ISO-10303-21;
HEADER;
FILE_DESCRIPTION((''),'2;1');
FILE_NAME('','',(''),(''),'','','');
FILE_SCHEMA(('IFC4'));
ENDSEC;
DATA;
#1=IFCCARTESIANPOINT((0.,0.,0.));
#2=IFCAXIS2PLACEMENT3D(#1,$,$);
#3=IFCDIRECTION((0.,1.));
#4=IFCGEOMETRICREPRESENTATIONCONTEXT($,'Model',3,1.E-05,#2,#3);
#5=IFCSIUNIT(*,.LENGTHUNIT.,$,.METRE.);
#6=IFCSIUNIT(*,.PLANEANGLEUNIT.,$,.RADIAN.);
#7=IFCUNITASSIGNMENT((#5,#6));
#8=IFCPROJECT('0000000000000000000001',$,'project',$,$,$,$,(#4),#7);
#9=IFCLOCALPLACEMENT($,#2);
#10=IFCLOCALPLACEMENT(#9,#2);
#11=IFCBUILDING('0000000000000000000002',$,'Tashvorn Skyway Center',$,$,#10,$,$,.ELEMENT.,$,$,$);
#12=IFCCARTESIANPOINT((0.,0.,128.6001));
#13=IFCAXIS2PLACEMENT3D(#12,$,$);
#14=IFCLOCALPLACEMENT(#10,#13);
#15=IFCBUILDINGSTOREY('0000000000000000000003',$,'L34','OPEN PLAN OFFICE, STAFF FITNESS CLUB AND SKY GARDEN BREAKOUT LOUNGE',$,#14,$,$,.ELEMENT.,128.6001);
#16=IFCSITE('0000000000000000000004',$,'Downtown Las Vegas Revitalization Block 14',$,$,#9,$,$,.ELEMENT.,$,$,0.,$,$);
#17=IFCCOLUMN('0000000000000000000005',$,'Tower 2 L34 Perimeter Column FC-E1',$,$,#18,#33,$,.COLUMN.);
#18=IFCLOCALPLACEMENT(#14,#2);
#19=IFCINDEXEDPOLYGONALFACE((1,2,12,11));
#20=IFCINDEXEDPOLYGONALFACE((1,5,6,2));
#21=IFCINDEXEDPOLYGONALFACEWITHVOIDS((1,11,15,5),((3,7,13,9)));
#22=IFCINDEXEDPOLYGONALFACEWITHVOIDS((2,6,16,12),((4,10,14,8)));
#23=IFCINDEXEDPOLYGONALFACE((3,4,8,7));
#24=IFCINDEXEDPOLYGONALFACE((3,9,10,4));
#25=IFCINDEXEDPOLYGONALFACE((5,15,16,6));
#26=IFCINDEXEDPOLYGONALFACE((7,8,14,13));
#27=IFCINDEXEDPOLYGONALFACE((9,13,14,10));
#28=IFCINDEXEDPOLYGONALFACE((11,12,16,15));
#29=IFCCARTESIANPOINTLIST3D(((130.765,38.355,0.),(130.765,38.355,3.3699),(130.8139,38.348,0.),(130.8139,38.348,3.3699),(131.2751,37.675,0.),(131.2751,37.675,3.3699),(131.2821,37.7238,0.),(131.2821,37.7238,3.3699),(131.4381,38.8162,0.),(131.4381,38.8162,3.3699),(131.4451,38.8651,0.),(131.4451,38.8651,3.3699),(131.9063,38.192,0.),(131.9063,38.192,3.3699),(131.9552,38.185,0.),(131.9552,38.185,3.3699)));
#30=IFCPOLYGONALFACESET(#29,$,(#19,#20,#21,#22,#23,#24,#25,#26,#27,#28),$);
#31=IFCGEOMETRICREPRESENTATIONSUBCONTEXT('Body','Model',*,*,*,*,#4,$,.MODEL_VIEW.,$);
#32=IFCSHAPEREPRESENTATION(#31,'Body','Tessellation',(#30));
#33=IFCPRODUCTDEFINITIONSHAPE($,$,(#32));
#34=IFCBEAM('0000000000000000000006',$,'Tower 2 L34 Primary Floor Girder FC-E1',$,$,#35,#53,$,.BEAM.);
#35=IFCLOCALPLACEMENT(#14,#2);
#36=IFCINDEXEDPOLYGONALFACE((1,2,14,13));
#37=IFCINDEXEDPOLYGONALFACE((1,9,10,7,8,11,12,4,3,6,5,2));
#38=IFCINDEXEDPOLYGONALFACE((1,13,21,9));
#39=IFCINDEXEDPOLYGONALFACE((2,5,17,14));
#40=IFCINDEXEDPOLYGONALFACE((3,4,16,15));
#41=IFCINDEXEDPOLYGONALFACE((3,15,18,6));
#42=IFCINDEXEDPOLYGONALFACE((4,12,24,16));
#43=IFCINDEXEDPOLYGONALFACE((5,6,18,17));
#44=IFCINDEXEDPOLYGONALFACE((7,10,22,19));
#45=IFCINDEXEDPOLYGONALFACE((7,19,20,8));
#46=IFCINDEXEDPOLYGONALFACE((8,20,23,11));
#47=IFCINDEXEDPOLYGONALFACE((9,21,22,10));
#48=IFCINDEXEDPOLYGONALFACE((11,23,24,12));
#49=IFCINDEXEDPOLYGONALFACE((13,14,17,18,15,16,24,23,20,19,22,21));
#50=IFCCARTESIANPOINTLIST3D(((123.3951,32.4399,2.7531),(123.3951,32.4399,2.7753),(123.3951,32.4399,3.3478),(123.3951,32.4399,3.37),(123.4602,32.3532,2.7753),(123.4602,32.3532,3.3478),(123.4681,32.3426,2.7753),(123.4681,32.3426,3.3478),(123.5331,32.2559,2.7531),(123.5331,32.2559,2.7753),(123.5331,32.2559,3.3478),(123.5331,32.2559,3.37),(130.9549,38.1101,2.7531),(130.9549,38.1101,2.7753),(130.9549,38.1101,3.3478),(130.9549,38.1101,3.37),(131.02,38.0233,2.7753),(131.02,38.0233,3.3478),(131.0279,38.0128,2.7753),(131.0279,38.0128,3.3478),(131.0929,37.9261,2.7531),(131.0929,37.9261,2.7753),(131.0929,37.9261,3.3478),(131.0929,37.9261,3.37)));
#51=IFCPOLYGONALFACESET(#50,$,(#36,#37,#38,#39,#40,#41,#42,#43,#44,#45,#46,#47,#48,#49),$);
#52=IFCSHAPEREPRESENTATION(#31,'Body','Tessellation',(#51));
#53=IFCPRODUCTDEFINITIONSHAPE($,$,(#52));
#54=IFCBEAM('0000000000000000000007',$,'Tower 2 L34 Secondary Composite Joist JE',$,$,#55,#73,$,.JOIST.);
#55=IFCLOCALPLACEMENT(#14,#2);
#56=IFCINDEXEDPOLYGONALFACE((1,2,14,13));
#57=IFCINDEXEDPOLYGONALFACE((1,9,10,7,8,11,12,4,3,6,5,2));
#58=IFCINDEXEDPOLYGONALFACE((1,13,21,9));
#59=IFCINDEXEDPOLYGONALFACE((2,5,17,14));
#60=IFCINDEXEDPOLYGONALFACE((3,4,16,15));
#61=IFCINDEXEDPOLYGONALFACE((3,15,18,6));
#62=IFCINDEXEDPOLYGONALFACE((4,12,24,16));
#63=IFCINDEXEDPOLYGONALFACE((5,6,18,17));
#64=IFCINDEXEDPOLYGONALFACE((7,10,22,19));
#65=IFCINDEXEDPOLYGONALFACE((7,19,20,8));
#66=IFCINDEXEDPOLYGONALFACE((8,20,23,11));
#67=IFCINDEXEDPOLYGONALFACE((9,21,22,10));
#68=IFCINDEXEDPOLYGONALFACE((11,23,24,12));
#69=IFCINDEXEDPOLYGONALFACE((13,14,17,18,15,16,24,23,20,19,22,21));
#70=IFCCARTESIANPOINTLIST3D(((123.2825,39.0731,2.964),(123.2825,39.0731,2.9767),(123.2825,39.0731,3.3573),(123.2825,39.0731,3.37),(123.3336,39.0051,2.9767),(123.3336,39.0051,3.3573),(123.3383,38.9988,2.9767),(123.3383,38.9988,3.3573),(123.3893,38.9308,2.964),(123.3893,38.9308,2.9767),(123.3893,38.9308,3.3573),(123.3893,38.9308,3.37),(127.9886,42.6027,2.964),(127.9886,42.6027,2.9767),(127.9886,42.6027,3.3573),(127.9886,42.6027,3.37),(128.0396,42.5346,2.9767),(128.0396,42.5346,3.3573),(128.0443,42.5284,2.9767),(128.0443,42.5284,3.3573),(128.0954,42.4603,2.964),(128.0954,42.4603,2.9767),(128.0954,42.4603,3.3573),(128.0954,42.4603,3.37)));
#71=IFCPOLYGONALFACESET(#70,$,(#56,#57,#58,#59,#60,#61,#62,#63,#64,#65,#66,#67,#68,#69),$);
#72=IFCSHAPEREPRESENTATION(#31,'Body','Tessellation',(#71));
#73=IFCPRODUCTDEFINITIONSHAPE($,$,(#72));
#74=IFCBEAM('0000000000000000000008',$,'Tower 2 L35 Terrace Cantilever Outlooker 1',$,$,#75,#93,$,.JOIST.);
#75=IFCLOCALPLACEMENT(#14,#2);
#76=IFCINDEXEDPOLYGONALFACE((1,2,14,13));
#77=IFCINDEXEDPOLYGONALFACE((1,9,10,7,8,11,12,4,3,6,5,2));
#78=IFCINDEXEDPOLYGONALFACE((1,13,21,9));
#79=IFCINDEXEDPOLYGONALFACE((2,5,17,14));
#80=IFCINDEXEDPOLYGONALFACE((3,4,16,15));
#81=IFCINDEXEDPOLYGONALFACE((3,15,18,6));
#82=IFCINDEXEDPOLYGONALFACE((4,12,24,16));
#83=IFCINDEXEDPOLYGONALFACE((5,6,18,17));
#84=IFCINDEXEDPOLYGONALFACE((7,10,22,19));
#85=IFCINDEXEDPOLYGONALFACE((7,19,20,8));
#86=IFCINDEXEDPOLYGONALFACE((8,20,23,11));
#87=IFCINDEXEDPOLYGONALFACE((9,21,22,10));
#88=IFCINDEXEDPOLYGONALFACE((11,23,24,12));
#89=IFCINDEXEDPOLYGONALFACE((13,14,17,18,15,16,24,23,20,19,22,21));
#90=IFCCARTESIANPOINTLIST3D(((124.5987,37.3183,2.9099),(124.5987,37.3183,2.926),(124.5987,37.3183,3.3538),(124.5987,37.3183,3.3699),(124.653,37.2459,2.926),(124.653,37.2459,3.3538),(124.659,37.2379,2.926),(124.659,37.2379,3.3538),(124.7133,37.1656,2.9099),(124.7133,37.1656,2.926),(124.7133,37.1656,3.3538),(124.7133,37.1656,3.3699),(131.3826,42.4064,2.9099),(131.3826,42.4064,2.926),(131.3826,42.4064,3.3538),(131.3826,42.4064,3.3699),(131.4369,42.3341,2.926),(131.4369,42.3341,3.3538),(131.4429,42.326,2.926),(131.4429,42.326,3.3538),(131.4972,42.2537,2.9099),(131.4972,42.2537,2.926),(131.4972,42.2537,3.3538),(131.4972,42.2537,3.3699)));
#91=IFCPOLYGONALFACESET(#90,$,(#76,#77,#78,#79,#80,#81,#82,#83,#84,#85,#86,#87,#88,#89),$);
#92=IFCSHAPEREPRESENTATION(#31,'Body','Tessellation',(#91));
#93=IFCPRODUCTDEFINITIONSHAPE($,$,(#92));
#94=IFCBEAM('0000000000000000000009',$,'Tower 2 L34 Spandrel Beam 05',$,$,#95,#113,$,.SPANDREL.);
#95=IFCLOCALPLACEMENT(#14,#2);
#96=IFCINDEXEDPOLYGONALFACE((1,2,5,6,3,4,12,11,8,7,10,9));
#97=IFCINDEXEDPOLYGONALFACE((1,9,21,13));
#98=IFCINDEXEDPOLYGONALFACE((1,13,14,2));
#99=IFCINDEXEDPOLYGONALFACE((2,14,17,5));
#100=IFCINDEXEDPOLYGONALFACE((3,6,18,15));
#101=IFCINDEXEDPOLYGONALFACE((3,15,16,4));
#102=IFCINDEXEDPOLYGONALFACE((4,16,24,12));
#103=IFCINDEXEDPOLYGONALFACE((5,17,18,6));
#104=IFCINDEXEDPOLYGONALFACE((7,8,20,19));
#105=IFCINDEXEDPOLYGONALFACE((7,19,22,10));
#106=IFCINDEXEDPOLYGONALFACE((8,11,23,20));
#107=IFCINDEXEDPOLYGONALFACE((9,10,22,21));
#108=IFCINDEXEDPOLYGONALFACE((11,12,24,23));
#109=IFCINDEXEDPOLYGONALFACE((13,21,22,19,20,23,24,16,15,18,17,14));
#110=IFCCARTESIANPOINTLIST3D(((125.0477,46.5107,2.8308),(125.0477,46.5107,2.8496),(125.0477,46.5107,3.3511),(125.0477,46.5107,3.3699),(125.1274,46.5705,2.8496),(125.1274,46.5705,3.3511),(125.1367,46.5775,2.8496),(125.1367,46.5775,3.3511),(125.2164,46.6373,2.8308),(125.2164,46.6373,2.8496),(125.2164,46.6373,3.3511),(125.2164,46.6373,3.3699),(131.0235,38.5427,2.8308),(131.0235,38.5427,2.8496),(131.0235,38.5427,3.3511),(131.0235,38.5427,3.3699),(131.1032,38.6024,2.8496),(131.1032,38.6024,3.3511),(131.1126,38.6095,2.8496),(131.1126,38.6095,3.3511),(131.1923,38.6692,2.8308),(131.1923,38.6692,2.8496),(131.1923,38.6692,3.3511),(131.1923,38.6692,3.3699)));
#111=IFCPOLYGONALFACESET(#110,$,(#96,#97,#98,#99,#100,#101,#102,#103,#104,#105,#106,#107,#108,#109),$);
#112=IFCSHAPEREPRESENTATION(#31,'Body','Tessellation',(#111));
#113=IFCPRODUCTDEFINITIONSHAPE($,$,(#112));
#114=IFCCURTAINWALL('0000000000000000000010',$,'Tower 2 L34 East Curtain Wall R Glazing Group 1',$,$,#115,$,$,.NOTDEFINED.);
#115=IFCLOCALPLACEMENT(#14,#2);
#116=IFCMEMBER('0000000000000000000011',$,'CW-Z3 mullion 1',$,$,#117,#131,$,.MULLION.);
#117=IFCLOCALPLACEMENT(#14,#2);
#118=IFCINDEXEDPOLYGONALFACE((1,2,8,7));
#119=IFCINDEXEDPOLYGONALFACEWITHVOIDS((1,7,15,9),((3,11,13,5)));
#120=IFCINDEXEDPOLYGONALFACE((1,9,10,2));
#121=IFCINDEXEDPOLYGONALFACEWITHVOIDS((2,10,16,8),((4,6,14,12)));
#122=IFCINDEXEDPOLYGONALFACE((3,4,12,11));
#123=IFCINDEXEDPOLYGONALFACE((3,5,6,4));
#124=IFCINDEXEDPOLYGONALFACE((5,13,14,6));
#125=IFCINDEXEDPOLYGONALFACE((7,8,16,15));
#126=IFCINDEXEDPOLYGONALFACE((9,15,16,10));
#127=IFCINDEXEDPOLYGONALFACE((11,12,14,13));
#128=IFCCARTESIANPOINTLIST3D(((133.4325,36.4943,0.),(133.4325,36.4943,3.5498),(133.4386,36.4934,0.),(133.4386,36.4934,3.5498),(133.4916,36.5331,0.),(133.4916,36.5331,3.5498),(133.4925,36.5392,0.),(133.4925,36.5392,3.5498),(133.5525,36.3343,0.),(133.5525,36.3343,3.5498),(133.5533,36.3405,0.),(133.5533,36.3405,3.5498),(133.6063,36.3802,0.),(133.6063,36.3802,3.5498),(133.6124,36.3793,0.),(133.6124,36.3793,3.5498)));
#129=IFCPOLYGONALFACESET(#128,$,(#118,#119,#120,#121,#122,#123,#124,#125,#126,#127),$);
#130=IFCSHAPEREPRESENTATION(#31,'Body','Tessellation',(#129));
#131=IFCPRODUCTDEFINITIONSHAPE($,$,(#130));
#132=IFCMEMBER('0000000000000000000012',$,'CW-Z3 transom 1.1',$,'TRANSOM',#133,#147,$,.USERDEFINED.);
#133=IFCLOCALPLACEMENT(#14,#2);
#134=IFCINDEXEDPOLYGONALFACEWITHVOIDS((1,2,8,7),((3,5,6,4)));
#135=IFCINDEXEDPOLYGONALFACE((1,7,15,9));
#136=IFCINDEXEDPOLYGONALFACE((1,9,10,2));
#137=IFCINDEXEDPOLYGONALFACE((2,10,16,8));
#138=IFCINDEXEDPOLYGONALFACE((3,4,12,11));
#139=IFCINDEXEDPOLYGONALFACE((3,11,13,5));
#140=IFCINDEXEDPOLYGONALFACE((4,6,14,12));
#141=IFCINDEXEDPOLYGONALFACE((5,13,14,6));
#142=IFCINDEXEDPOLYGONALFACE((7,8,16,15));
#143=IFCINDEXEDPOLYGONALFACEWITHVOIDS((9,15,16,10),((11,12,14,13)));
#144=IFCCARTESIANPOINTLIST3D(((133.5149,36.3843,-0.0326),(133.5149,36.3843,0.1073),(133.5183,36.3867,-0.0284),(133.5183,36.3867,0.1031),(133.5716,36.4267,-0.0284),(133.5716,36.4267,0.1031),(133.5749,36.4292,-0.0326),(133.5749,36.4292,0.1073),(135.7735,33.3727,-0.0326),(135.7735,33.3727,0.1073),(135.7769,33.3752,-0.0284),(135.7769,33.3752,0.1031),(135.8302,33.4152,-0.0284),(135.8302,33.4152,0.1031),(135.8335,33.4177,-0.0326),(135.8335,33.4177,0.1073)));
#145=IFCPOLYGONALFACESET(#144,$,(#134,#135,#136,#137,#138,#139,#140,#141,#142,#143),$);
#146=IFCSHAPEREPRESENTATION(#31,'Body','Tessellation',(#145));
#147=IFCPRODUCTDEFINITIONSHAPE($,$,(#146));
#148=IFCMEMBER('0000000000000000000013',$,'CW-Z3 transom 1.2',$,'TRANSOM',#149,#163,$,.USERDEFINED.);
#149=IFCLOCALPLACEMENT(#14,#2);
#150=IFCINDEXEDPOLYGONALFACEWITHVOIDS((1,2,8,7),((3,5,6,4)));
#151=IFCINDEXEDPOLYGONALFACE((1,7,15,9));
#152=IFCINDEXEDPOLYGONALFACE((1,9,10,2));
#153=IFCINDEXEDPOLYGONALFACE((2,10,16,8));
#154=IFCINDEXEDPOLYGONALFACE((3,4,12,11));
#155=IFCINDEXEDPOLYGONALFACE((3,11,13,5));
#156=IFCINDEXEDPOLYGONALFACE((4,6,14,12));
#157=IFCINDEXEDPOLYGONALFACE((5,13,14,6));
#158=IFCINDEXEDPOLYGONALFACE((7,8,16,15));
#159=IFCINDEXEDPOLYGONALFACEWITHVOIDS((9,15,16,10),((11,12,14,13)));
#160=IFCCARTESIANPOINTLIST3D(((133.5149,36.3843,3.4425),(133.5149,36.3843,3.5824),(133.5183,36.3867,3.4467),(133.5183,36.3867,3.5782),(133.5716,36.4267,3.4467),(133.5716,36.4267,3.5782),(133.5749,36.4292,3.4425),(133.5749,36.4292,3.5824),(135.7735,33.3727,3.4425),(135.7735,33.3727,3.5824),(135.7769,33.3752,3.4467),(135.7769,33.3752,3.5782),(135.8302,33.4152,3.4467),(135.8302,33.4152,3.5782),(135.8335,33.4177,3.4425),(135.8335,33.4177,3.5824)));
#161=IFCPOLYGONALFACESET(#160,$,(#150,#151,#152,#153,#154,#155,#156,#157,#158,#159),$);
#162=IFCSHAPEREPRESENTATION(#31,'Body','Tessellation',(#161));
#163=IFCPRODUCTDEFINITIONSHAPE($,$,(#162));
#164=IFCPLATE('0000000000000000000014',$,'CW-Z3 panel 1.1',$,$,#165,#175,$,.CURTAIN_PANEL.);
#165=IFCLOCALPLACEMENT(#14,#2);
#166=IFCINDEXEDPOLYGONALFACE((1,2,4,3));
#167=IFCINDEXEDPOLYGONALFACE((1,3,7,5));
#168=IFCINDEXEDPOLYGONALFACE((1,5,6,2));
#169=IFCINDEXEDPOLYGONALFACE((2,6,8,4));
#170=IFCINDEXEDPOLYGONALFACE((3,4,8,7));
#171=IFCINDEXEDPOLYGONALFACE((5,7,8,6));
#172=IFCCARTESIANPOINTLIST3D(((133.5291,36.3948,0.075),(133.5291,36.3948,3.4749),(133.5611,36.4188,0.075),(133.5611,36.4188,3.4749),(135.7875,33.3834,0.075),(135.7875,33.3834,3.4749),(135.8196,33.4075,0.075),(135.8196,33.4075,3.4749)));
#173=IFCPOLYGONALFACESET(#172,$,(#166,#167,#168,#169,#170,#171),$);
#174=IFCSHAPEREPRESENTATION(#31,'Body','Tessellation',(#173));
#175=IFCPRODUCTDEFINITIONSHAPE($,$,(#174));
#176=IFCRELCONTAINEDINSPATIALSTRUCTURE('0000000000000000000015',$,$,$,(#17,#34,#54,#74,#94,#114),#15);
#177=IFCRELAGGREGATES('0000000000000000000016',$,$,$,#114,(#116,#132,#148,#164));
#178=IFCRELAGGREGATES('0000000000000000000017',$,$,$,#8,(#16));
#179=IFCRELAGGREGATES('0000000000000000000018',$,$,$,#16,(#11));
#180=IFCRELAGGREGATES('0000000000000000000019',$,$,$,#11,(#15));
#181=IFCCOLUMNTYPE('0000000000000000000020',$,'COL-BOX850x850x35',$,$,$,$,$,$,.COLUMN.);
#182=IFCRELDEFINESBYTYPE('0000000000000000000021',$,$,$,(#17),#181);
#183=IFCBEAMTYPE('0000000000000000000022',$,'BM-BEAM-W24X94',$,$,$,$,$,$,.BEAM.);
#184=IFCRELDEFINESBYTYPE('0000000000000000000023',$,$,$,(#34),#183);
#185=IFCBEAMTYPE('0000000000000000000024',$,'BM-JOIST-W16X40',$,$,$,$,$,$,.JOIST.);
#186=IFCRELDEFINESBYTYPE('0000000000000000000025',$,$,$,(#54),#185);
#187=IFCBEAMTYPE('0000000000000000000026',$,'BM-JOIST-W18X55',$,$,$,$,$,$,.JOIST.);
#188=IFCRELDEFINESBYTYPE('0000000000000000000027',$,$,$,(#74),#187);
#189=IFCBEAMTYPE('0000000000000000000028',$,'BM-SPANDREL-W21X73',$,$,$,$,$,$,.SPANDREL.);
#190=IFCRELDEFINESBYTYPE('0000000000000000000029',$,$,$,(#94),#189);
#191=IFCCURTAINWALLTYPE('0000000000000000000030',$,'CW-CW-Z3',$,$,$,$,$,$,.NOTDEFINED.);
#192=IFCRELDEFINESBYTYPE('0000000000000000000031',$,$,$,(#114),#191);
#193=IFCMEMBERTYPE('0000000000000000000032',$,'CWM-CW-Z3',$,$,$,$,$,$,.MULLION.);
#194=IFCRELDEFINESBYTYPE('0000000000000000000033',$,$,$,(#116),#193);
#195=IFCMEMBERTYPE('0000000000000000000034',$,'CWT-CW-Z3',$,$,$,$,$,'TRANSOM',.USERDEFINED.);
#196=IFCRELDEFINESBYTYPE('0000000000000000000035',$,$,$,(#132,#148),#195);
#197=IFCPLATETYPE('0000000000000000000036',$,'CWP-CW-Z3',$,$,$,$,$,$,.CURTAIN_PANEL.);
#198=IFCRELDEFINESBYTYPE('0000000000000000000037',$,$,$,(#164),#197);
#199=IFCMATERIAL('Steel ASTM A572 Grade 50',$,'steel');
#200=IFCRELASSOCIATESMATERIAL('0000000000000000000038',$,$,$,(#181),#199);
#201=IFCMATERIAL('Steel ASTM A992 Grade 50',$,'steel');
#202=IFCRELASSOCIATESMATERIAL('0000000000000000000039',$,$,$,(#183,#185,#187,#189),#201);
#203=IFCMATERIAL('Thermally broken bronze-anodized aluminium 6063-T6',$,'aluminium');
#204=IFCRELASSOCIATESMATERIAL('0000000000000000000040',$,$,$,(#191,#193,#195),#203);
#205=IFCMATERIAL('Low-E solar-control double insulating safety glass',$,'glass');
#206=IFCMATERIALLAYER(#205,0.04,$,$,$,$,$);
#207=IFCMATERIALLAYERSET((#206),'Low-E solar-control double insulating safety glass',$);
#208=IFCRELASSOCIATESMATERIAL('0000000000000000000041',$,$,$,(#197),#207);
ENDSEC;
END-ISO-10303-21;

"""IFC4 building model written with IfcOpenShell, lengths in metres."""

from ifc_helpers import new_model, si_unit, direction, frame, origin, origin_2d, place, context, subcontext, project, spatial, rectangle, hollow_rectangle, i_section, extrude, material, layer, layer_set, material_profile, profile_set, type_object, element, aggregate, save


model = new_model("IFC4")

# Units and contexts
model_context = context("Model", 3, precision=1e-05, world=origin(), true_north=direction((0.0, 1.0)))
body_context = subcontext(model_context, "Body", "Model", "MODEL_VIEW")
ifc_project = project(units=[si_unit("LENGTHUNIT", "METRE"), si_unit("PLANEANGLEUNIT", "RADIAN")], contexts=[model_context])

# Site, building, storey
site_placement = place(None, origin())
site = spatial("IfcSite", under=ifc_project, at=site_placement, Name="Downtown Las Vegas Revitalization Block 14", CompositionType="ELEMENT", RefElevation=0.0)
building_placement = place(site_placement, origin())
building = spatial("IfcBuilding", under=site, at=building_placement, Name="Tashvorn Skyway Center", CompositionType="ELEMENT")
storey_placement = place(building_placement, frame((0.0, 0.0, 128.6001)))
storey = spatial("IfcBuildingStorey", under=building, at=storey_placement, Name="L34", Description="OPEN PLAN OFFICE, STAFF FITNESS CLUB AND SKY GARDEN BREAKOUT LOUNGE", CompositionType="ELEMENT", Elevation=128.6001)

# Column
ifc_material_1 = material(Name="Steel ASTM A572 Grade 50", Category="steel")
ifc_material_profile_1 = material_profile(ifc_material_1, hollow_rectangle(XDim=0.8501, YDim=0.8501, WallThickness=0.0349, at=origin_2d()), Name="BOX850x850x35")
ifc_profile_set_1 = profile_set([ifc_material_profile_1], Name="Steel ASTM A572 Grade 50")
column_type = type_object("IfcColumnType", Name="COL-BOX850x850x35", PredefinedType="COLUMN", material=ifc_profile_set_1)
column_placement = place(storey_placement, frame((131.3601, 38.27, 0.0), z_axis=(0.0, 0.0, 1.0), x_axis=(0.8, 0.6, 0.0)))
element("IfcColumn", 1, at=column_placement, inside=storey, type_object=column_type, Name="Tower 2 L34 Perimeter Column FC-E1", PredefinedType="COLUMN", context=body_context, shape_type="SweptSolid", body=[
    extrude(hollow_rectangle(XDim=0.8501, YDim=0.8501, WallThickness=0.0349, at=origin_2d()), origin(), (0.0, 0.0, 1.0), 3.3699),
])

# Beams
ifc_material_2 = material(Name="Steel ASTM A992 Grade 50", Category="steel")
ifc_material_profile_2 = material_profile(ifc_material_2, i_section(OverallWidth=0.23, OverallDepth=0.6169, WebThickness=0.0132, FlangeThickness=0.0222, at=origin_2d()), Name="W24X94")
ifc_profile_set_2 = profile_set([ifc_material_profile_2], Name="Steel ASTM A992 Grade 50")
beam_type_1 = type_object("IfcBeamType", Name="BM-BEAM-W24X94", PredefinedType="BEAM", material=ifc_profile_set_2)
beam_1_placement = place(storey_placement, frame((131.0239, 38.0181, 3.0615), z_axis=(-0.799984, -0.600021, 0.0), x_axis=(0.600021, -0.799984, 0.0)))
element("IfcBeam", 2, at=beam_1_placement, inside=storey, type_object=beam_type_1, Name="Tower 2 L34 Primary Floor Girder FC-E1", PredefinedType="BEAM", context=body_context, shape_type="SweptSolid", body=[
    extrude(i_section(OverallWidth=0.23, OverallDepth=0.6169, WebThickness=0.0132, FlangeThickness=0.0222, at=origin_2d()), origin(), (0.0, 0.0, 1.0), 9.45),
])
ifc_material_profile_3 = material_profile(ifc_material_2, i_section(OverallWidth=0.178, OverallDepth=0.406, WebThickness=0.0078, FlangeThickness=0.0127, at=origin_2d()), Name="W16X40")
ifc_profile_set_3 = profile_set([ifc_material_profile_3], Name="Steel ASTM A992 Grade 50")
beam_type_2 = type_object("IfcBeamType", Name="BM-JOIST-W16X40", PredefinedType="JOIST", material=ifc_profile_set_3)
beam_2_placement = place(storey_placement, frame((123.3359, 39.002, 3.167), z_axis=(0.8, 0.6, 0.0), x_axis=(-0.6, 0.8, 0.0)))
element("IfcBeam", 3, at=beam_2_placement, inside=storey, type_object=beam_type_2, Name="Tower 2 L34 Secondary Composite Joist JE", PredefinedType="JOIST", context=body_context, shape_type="SweptSolid", body=[
    extrude(i_section(OverallWidth=0.178, OverallDepth=0.406, WebThickness=0.0078, FlangeThickness=0.0127, at=origin_2d()), origin(), (0.0, 0.0, 1.0), 5.8826),
])
ifc_material_profile_4 = material_profile(ifc_material_2, i_section(OverallWidth=0.1909, OverallDepth=0.46, WebThickness=0.01, FlangeThickness=0.0161, at=origin_2d()), Name="W18X55")
ifc_profile_set_4 = profile_set([ifc_material_profile_4], Name="Steel ASTM A992 Grade 50")
beam_type_3 = type_object("IfcBeamType", Name="BM-JOIST-W18X55", PredefinedType="JOIST", material=ifc_profile_set_4)
beam_3_placement = place(storey_placement, frame((124.656, 37.2419, 3.1399), z_axis=(0.79999, 0.600014, 0.0), x_axis=(-0.600014, 0.79999, 0.0)))
element("IfcBeam", 4, at=beam_3_placement, inside=storey, type_object=beam_type_3, Name="Tower 2 L35 Terrace Cantilever Outlooker 1", PredefinedType="JOIST", context=body_context, shape_type="SweptSolid", body=[
    extrude(i_section(OverallWidth=0.1909, OverallDepth=0.46, WebThickness=0.01, FlangeThickness=0.0161, at=origin_2d()), origin(), (0.0, 0.0, 1.0), 8.48),
])
ifc_material_profile_5 = material_profile(ifc_material_2, i_section(OverallWidth=0.2109, OverallDepth=0.5391, WebThickness=0.0117, FlangeThickness=0.0188, at=origin_2d()), Name="W21X73")
ifc_profile_set_5 = profile_set([ifc_material_profile_5], Name="Steel ASTM A992 Grade 50")
beam_type_4 = type_object("IfcBeamType", Name="BM-SPANDREL-W21X73", PredefinedType="SPANDREL", material=ifc_profile_set_5)
beam_4_placement = place(storey_placement, frame((131.1079, 38.606, 3.1003), z_axis=(-0.599988, 0.800009, 0.0), x_axis=(-0.800009, -0.599988, 0.0)))
element("IfcBeam", 5, at=beam_4_placement, inside=storey, type_object=beam_type_4, Name="Tower 2 L34 Spandrel Beam 05", PredefinedType="SPANDREL", context=body_context, shape_type="SweptSolid", body=[
    extrude(i_section(OverallWidth=0.2109, OverallDepth=0.5391, WebThickness=0.0117, FlangeThickness=0.0188, at=origin_2d()), origin(), (0.0, 0.0, 1.0), 9.96),
])

# Curtain wall, members, plate
ifc_material_3 = material(Name="Thermally broken bronze-anodized aluminium 6063-T6", Category="aluminium")
curtain_wall_type = type_object("IfcCurtainWallType", Name="CW-CW-Z3", PredefinedType="NOTDEFINED", material=ifc_material_3)
curtain_wall_placement = place(storey_placement, origin())
curtain_wall = element("IfcCurtainWall", 6, at=curtain_wall_placement, inside=storey, type_object=curtain_wall_type, Name="Tower 2 L34 East Curtain Wall R Glazing Group 1", PredefinedType="NOTDEFINED")
ifc_material_profile_6 = material_profile(ifc_material_3, hollow_rectangle(XDim=0.075, YDim=0.2, WallThickness=0.0044, at=origin_2d()), Name="ALU-MULL-75x200")
ifc_profile_set_6 = profile_set([ifc_material_profile_6], Name="Thermally broken bronze-anodized aluminium 6063-T6")
member_type_1 = type_object("IfcMemberType", Name="CWM-CW-Z3", PredefinedType="MULLION", material=ifc_profile_set_6)
member_1_placement = place(storey_placement, frame((133.5225, 36.4368, 0.0), z_axis=(0.0, 0.0, 1.0), x_axis=(0.800002, 0.599998, 0.0)))
member_1 = element("IfcMember", 7, at=member_1_placement, type_object=member_type_1, Name="CW-Z3 mullion 1", PredefinedType="MULLION", context=body_context, shape_type="SweptSolid", body=[
    extrude(hollow_rectangle(XDim=0.075, YDim=0.2, WallThickness=0.0044, at=origin_2d()), origin(), (0.0, 0.0, 1.0), 3.5498),
])
ifc_material_profile_7 = material_profile(ifc_material_3, hollow_rectangle(XDim=0.075, YDim=0.1399, WallThickness=0.0042, at=origin_2d()), Name="ALU-TRAN-75x140")
ifc_profile_set_7 = profile_set([ifc_material_profile_7], Name="Thermally broken bronze-anodized aluminium 6063-T6")
member_type_2 = type_object("IfcMemberType", Name="CWT-CW-Z3", ElementType="TRANSOM", PredefinedType="USERDEFINED", material=ifc_profile_set_7)
member_2_placement = place(storey_placement, frame((133.5449, 36.4067, 0.0374), z_axis=(0.59999, -0.800008, 0.0), x_axis=(0.800008, 0.59999, 0.0)))
member_2 = element("IfcMember", 8, at=member_2_placement, type_object=member_type_2, Name="CW-Z3 transom 1.1", ObjectType="TRANSOM", PredefinedType="USERDEFINED", context=body_context, shape_type="SweptSolid", body=[
    extrude(hollow_rectangle(XDim=0.075, YDim=0.1399, WallThickness=0.0042, at=origin_2d()), origin(), (0.0, 0.0, 1.0), 3.7644),
])
member_3_placement = place(storey_placement, frame((133.5449, 36.4067, 3.5125), z_axis=(0.59999, -0.800008, 0.0), x_axis=(0.800008, 0.59999, 0.0)))
member_3 = element("IfcMember", 9, at=member_3_placement, type_object=member_type_2, Name="CW-Z3 transom 1.2", ObjectType="TRANSOM", PredefinedType="USERDEFINED", context=body_context, shape_type="SweptSolid", body=[
    extrude(hollow_rectangle(XDim=0.075, YDim=0.1399, WallThickness=0.0042, at=origin_2d()), origin(), (0.0, 0.0, 1.0), 3.7644),
])
ifc_material_4 = material(Name="Low-E solar-control double insulating safety glass", Category="glass")
ifc_layer_1 = layer(ifc_material_4, 0.04)
ifc_layer_set_1 = layer_set([ifc_layer_1], Name="Low-E solar-control double insulating safety glass")
plate_type = type_object("IfcPlateType", Name="CWP-CW-Z3", PredefinedType="CURTAIN_PANEL", material=ifc_layer_set_1)
plate_placement = place(storey_placement, frame((134.6743, 34.9011, 0.075), z_axis=(0.0, 0.0, 1.0), x_axis=(0.599998, -0.800002, 0.0)))
plate = element("IfcPlate", 10, at=plate_placement, type_object=plate_type, Name="CW-Z3 panel 1.1", PredefinedType="CURTAIN_PANEL", context=body_context, shape_type="SweptSolid", body=[
    extrude(rectangle(XDim=3.7642, YDim=0.04, at=origin_2d()), origin(), (0.0, 0.0, 1.0), 3.3999),
])
aggregate(curtain_wall, [member_1, member_2, member_3, plate])

save(model, "model.ifc")
